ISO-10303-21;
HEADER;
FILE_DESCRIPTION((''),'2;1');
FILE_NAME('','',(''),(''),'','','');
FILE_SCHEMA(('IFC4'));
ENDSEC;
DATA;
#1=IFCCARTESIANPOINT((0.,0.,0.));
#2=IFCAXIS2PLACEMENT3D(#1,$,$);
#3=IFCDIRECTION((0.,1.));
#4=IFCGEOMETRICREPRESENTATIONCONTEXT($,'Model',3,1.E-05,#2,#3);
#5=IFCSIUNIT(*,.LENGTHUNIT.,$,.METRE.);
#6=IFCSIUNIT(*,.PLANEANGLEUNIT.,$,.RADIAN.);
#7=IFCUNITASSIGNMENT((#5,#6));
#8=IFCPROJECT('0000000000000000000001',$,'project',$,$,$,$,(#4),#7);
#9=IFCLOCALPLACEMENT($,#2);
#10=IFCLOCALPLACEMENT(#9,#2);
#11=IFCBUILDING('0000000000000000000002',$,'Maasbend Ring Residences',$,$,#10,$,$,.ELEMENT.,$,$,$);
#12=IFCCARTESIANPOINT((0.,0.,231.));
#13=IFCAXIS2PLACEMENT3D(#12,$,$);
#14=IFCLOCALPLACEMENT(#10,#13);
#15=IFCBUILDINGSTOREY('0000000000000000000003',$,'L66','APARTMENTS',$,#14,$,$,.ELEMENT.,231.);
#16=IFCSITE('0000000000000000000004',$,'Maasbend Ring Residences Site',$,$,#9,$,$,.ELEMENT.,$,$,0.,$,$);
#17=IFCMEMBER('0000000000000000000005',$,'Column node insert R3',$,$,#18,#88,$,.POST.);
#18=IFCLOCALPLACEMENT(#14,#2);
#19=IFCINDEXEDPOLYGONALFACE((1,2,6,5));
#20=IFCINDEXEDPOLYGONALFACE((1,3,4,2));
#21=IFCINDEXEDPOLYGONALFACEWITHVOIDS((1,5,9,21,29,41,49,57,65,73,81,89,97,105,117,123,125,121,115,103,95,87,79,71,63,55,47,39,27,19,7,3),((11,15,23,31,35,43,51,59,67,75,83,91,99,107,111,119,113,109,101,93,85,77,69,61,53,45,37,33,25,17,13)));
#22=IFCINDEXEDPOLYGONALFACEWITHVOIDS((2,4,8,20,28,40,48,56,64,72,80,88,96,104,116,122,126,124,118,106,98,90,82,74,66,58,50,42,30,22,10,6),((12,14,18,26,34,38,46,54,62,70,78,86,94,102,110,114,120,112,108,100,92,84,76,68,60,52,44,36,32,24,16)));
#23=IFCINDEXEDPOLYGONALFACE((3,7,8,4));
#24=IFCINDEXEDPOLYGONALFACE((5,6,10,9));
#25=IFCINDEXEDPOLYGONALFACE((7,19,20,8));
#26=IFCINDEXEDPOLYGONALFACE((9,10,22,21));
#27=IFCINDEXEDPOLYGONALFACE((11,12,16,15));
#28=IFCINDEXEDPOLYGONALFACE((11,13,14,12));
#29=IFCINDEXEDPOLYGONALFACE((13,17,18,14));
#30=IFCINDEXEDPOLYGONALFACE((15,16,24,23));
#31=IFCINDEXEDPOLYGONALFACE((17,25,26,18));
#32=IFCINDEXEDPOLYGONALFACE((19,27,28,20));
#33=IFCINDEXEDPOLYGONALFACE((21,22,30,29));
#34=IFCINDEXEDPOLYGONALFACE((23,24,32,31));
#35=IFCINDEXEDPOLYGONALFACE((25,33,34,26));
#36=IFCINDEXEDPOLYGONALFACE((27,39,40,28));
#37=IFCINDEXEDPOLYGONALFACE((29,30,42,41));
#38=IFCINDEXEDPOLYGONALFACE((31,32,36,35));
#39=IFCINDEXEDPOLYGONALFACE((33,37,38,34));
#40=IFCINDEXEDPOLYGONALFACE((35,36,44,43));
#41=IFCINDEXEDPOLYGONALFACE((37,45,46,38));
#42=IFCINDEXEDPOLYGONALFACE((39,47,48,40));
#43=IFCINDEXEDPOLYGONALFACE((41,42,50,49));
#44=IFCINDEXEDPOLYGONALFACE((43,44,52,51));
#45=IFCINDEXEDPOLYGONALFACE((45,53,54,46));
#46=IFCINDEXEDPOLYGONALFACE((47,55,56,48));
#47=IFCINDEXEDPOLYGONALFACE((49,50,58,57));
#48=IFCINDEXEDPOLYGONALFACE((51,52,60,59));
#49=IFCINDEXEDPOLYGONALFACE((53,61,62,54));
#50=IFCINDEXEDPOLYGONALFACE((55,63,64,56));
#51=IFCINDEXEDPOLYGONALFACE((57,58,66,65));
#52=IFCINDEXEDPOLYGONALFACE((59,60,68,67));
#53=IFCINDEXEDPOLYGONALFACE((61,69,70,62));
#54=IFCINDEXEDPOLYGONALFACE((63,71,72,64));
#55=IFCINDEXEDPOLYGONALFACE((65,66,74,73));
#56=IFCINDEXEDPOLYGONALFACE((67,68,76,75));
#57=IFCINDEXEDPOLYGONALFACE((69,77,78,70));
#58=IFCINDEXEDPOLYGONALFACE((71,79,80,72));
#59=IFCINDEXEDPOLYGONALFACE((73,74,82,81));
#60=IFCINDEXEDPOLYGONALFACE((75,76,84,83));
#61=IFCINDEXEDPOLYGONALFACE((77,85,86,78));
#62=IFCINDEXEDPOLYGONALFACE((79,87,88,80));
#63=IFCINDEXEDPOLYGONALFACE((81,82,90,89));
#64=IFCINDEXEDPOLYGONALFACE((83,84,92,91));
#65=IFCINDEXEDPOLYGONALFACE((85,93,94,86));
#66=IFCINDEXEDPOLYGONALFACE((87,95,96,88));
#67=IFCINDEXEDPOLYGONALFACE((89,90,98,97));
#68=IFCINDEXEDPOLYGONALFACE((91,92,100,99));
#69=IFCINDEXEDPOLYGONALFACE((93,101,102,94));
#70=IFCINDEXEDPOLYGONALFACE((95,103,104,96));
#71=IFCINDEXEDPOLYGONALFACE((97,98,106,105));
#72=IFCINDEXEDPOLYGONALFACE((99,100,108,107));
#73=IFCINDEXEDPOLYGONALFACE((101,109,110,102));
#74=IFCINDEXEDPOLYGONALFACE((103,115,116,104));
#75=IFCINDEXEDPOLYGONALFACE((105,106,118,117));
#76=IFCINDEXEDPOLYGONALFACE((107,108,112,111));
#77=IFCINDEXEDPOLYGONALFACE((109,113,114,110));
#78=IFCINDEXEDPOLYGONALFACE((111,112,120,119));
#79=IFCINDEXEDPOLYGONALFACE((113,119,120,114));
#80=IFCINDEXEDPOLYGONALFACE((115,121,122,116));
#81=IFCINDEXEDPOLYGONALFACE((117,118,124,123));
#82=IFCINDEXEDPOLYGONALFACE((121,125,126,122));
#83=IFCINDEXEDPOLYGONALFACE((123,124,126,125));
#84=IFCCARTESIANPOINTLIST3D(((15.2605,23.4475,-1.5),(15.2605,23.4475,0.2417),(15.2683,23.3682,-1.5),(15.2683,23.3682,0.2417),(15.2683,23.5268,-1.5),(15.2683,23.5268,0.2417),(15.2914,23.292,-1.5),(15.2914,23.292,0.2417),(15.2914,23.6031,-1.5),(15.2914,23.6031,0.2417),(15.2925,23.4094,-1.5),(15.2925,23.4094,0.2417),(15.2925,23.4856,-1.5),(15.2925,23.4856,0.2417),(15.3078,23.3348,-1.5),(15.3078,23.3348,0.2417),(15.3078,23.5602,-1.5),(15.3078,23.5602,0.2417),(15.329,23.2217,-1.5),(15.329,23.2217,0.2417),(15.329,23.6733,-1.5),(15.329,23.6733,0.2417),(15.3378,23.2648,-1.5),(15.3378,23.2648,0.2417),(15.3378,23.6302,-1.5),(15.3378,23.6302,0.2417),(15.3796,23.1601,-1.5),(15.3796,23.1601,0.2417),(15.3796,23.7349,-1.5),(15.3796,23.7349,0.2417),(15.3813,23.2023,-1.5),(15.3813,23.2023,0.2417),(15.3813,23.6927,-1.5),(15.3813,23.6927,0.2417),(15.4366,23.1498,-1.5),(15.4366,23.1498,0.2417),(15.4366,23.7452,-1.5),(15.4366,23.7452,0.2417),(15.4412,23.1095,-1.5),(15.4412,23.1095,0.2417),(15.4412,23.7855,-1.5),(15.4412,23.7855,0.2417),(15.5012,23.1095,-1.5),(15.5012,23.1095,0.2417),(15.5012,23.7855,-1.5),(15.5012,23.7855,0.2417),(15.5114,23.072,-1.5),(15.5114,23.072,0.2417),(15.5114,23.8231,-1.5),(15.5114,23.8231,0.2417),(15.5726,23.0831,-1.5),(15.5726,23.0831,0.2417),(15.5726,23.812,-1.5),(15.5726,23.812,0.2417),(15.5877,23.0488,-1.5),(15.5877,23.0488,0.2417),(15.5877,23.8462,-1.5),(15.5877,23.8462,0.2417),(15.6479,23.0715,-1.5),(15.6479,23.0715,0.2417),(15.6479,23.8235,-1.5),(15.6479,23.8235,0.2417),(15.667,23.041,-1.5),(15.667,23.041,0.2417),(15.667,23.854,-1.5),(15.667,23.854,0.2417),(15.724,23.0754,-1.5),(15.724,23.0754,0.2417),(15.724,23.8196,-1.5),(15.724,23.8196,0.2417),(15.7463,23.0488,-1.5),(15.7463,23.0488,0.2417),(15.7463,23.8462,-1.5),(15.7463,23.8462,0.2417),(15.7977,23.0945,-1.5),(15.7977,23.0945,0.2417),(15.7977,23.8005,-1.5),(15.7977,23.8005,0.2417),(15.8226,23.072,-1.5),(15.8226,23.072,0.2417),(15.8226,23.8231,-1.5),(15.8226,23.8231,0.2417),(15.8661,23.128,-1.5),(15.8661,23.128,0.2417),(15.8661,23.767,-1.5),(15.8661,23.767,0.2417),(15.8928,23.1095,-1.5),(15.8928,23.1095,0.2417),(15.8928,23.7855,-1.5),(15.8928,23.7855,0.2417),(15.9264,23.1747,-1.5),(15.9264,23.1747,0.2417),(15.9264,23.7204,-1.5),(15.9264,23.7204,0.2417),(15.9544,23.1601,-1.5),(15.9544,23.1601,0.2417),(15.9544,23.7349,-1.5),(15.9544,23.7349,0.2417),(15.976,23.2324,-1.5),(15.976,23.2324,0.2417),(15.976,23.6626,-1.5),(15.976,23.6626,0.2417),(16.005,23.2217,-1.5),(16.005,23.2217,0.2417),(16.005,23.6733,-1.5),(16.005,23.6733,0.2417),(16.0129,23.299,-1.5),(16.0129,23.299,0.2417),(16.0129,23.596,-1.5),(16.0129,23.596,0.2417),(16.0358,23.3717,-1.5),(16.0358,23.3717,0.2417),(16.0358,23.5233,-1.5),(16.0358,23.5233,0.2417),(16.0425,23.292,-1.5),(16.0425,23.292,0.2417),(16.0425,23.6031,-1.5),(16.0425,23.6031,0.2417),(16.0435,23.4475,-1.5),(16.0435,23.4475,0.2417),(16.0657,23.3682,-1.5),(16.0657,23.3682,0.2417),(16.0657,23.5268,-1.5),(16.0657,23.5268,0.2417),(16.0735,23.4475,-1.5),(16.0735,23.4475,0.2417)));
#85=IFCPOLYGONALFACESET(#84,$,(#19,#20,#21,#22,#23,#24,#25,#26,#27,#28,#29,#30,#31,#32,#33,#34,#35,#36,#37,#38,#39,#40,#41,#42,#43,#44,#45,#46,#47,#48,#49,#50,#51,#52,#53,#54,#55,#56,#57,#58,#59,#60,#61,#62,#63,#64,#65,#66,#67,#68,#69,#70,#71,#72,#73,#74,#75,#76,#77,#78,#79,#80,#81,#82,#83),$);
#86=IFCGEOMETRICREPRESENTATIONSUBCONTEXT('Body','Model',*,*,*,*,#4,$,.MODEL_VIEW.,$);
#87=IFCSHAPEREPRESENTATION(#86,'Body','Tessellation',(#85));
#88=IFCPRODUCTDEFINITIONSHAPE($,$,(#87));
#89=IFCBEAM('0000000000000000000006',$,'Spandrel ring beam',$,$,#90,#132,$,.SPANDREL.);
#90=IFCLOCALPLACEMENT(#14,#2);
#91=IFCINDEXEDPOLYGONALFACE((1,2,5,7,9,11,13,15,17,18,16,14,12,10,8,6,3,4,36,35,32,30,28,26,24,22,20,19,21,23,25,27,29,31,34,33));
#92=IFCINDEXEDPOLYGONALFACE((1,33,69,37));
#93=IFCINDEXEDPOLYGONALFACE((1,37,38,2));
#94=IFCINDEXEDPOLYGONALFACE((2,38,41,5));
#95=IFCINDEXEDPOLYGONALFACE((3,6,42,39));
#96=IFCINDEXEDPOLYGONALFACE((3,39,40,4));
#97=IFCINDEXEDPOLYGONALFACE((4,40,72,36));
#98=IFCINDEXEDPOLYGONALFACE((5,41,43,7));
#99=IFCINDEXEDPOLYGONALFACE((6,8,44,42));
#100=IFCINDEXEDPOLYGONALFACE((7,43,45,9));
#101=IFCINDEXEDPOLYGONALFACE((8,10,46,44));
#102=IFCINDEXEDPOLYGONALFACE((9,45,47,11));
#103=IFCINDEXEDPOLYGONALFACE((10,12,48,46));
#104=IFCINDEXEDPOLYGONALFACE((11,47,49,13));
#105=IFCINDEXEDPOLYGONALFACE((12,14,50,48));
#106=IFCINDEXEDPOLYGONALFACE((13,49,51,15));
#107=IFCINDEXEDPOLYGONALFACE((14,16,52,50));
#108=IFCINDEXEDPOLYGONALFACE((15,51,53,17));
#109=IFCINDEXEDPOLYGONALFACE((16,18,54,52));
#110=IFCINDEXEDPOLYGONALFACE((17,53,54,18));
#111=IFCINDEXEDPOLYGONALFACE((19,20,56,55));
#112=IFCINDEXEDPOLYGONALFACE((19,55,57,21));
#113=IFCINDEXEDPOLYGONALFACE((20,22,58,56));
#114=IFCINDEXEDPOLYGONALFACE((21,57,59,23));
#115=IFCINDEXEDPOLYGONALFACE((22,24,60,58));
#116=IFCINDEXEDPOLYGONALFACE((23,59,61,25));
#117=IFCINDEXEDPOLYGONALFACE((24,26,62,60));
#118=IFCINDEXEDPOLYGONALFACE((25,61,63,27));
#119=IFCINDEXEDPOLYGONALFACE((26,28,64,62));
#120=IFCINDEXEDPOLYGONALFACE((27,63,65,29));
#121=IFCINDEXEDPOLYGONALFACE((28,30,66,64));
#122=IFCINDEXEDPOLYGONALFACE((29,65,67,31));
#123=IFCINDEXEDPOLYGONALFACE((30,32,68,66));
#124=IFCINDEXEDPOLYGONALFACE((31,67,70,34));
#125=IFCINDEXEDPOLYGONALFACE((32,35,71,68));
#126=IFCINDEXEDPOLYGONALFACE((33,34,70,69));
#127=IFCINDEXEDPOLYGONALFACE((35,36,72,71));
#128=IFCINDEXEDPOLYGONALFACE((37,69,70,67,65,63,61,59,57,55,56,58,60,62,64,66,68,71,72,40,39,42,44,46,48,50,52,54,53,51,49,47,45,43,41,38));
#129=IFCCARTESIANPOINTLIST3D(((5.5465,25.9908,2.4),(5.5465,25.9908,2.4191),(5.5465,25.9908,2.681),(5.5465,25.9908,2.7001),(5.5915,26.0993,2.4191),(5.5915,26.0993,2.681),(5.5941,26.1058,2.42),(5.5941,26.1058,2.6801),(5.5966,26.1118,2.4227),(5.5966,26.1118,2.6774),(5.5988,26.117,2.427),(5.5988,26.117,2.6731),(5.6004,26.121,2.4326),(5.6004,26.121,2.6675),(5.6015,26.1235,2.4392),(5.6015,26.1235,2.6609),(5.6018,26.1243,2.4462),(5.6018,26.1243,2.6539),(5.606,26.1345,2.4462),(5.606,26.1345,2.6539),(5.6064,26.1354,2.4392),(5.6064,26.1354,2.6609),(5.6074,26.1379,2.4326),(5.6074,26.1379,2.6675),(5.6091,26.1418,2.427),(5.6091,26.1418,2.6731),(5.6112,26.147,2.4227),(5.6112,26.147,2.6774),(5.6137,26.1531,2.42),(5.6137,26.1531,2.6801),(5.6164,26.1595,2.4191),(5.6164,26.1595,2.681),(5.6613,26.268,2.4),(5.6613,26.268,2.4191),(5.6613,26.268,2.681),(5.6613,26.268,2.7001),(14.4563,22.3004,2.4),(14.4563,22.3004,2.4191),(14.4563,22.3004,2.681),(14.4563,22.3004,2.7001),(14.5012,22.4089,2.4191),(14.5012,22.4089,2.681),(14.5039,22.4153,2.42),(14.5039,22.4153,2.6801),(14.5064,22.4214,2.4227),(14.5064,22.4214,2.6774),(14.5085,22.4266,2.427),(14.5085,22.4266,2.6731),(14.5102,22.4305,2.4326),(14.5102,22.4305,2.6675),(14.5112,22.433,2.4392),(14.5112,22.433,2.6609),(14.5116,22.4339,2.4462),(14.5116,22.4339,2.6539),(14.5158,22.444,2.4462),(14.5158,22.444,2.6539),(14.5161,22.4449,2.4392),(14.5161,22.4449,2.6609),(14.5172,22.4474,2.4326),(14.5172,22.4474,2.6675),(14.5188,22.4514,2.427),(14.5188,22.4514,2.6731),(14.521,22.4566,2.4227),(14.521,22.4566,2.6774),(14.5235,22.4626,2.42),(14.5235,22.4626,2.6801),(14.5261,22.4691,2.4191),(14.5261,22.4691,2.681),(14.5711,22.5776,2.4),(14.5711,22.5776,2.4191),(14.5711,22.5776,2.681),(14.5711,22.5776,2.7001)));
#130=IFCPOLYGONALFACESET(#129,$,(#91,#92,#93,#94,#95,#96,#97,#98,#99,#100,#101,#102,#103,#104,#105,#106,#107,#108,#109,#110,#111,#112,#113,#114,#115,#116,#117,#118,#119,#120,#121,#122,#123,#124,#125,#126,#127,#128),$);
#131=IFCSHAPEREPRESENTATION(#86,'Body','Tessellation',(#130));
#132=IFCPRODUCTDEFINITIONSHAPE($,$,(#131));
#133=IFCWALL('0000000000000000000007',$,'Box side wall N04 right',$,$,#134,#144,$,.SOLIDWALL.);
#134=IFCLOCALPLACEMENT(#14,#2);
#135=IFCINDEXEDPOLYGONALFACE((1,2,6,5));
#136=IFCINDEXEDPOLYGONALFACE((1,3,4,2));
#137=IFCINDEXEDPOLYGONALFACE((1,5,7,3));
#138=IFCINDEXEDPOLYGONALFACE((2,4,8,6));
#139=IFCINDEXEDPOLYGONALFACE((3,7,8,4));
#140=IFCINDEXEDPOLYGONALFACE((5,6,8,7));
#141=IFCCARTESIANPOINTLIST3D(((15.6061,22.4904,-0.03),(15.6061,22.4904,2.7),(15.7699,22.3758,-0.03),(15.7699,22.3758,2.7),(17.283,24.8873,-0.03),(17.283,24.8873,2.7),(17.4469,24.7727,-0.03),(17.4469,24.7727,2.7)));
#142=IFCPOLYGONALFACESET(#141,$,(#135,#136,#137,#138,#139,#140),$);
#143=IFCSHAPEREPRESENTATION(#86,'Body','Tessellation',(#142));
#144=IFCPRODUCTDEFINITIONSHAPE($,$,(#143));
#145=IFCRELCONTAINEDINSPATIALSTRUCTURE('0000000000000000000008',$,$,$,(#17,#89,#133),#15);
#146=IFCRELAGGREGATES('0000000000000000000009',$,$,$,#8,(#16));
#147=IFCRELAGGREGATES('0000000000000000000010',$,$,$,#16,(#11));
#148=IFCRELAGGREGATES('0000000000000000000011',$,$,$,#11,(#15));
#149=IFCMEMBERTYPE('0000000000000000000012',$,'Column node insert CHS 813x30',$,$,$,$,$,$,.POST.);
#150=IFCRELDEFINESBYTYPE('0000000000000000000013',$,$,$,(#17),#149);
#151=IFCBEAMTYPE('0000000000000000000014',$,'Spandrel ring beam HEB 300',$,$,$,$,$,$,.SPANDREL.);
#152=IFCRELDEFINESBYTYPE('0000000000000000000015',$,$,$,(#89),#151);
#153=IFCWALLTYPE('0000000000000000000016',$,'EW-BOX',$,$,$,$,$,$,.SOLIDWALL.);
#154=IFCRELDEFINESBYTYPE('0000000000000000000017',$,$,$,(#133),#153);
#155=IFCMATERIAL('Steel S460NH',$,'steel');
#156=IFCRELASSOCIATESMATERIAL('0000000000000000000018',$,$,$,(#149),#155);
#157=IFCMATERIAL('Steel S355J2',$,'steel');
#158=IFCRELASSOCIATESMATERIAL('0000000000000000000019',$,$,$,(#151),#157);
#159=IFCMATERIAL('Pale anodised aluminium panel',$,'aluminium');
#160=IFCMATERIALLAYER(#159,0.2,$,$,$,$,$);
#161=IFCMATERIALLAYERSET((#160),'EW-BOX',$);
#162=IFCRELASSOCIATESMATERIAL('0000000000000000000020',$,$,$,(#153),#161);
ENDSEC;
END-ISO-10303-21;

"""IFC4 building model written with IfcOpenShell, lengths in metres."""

from ifc_helpers import new_model, si_unit, direction, frame, frame_2d, origin, origin_2d, place, context, subcontext, project, spatial, rectangle, hollow_circle, i_section, extrude, material, layer, layer_set, material_profile, profile_set, type_object, element, save


model = new_model("IFC4")

# Units and contexts
model_context = context("Model", 3, precision=1e-05, world=origin(), true_north=direction((0.0, 1.0)))
body_context = subcontext(model_context, "Body", "Model", "MODEL_VIEW")
ifc_project = project(units=[si_unit("LENGTHUNIT", "METRE"), si_unit("PLANEANGLEUNIT", "RADIAN")], contexts=[model_context])

# Site, building, storey
site_placement = place(None, origin())
site = spatial("IfcSite", under=ifc_project, at=site_placement, Name="Maasbend Ring Residences Site", CompositionType="ELEMENT", RefElevation=0.0)
building_placement = place(site_placement, origin())
building = spatial("IfcBuilding", under=site, at=building_placement, Name="Maasbend Ring Residences", CompositionType="ELEMENT")
storey_placement = place(building_placement, frame((0.0, 0.0, 231.0)))
storey = spatial("IfcBuildingStorey", under=building, at=storey_placement, Name="L66", Description="APARTMENTS", CompositionType="ELEMENT", Elevation=231.0)

# Member
ifc_material_1 = material(Name="Steel S460NH", Category="steel")
ifc_material_profile_1 = material_profile(ifc_material_1, hollow_circle(Radius=0.4065, WallThickness=0.03, at=origin_2d()), Name="Column node insert CHS 813x30")
ifc_profile_set_1 = profile_set([ifc_material_profile_1], Name="Steel S460NH")
member_type = type_object("IfcMemberType", Name="Column node insert CHS 813x30", PredefinedType="POST", material=ifc_profile_set_1)
member_placement = place(storey_placement, frame((15.667, 23.4475, -1.5), z_axis=(0.0, 0.0, 1.0), x_axis=(1.0, 0.0, 0.0)))
element("IfcMember", 1, at=member_placement, inside=storey, type_object=member_type, Name="Column node insert R3", PredefinedType="POST", context=body_context, shape_type="SweptSolid", body=[
    extrude(hollow_circle(Radius=0.4065, WallThickness=0.03, at=origin_2d()), origin(), (0.0, 0.0, 1.0), 1.7417),
])

# Beam
ifc_material_2 = material(Name="Steel S355J2", Category="steel")
ifc_material_profile_2 = material_profile(ifc_material_2, i_section(OverallWidth=0.3, OverallDepth=0.3, WebThickness=0.011, FlangeThickness=0.019, FilletRadius=0.0271, at=origin_2d()), Name="HEB 300")
ifc_profile_set_2 = profile_set([ifc_material_profile_2], Name="Steel S355J2")
beam_type = type_object("IfcBeamType", Name="Spandrel ring beam HEB 300", PredefinedType="SPANDREL", material=ifc_profile_set_2)
beam_placement = place(storey_placement, frame((14.5137, 22.439, 2.55), z_axis=(-0.923882, 0.382677, 0.0), x_axis=(-0.382677, -0.923882, 0.0)))
element("IfcBeam", 2, at=beam_placement, inside=storey, type_object=beam_type, Name="Spandrel ring beam", PredefinedType="SPANDREL", context=body_context, shape_type="SweptSolid", body=[
    extrude(i_section(OverallWidth=0.3, OverallDepth=0.3, WebThickness=0.011, FlangeThickness=0.019, FilletRadius=0.0271, at=origin_2d()), origin(), (0.0, 0.0, 1.0), 9.6438),
])

# Wall
ifc_material_3 = material(Name="Pale anodised aluminium panel", Category="aluminium")
ifc_layer_1 = layer(ifc_material_3, 0.2)
ifc_layer_set_1 = layer_set([ifc_layer_1], Name="EW-BOX")
wall_type_1 = type_object("IfcWallType", Name="EW-BOX", PredefinedType="SOLIDWALL", material=ifc_layer_set_1)
wall_1_placement = place(storey_placement, frame((15.688, 22.4331, -0.03), z_axis=(0.0, 0.0, 1.0), x_axis=(0.573261, 0.819373, 0.0)))
element("IfcWall", 3, at=wall_1_placement, inside=storey, type_object=wall_type_1, Name="Box side wall N04 right", PredefinedType="SOLIDWALL", context=body_context, shape_type="SweptSolid", body=[
    extrude(rectangle(XDim=2.9253, YDim=0.2, at=frame_2d((1.4626, 0.0))), origin(), (0.0, 0.0, 1.0), 2.73),
])

save(model, "model.ifc")
